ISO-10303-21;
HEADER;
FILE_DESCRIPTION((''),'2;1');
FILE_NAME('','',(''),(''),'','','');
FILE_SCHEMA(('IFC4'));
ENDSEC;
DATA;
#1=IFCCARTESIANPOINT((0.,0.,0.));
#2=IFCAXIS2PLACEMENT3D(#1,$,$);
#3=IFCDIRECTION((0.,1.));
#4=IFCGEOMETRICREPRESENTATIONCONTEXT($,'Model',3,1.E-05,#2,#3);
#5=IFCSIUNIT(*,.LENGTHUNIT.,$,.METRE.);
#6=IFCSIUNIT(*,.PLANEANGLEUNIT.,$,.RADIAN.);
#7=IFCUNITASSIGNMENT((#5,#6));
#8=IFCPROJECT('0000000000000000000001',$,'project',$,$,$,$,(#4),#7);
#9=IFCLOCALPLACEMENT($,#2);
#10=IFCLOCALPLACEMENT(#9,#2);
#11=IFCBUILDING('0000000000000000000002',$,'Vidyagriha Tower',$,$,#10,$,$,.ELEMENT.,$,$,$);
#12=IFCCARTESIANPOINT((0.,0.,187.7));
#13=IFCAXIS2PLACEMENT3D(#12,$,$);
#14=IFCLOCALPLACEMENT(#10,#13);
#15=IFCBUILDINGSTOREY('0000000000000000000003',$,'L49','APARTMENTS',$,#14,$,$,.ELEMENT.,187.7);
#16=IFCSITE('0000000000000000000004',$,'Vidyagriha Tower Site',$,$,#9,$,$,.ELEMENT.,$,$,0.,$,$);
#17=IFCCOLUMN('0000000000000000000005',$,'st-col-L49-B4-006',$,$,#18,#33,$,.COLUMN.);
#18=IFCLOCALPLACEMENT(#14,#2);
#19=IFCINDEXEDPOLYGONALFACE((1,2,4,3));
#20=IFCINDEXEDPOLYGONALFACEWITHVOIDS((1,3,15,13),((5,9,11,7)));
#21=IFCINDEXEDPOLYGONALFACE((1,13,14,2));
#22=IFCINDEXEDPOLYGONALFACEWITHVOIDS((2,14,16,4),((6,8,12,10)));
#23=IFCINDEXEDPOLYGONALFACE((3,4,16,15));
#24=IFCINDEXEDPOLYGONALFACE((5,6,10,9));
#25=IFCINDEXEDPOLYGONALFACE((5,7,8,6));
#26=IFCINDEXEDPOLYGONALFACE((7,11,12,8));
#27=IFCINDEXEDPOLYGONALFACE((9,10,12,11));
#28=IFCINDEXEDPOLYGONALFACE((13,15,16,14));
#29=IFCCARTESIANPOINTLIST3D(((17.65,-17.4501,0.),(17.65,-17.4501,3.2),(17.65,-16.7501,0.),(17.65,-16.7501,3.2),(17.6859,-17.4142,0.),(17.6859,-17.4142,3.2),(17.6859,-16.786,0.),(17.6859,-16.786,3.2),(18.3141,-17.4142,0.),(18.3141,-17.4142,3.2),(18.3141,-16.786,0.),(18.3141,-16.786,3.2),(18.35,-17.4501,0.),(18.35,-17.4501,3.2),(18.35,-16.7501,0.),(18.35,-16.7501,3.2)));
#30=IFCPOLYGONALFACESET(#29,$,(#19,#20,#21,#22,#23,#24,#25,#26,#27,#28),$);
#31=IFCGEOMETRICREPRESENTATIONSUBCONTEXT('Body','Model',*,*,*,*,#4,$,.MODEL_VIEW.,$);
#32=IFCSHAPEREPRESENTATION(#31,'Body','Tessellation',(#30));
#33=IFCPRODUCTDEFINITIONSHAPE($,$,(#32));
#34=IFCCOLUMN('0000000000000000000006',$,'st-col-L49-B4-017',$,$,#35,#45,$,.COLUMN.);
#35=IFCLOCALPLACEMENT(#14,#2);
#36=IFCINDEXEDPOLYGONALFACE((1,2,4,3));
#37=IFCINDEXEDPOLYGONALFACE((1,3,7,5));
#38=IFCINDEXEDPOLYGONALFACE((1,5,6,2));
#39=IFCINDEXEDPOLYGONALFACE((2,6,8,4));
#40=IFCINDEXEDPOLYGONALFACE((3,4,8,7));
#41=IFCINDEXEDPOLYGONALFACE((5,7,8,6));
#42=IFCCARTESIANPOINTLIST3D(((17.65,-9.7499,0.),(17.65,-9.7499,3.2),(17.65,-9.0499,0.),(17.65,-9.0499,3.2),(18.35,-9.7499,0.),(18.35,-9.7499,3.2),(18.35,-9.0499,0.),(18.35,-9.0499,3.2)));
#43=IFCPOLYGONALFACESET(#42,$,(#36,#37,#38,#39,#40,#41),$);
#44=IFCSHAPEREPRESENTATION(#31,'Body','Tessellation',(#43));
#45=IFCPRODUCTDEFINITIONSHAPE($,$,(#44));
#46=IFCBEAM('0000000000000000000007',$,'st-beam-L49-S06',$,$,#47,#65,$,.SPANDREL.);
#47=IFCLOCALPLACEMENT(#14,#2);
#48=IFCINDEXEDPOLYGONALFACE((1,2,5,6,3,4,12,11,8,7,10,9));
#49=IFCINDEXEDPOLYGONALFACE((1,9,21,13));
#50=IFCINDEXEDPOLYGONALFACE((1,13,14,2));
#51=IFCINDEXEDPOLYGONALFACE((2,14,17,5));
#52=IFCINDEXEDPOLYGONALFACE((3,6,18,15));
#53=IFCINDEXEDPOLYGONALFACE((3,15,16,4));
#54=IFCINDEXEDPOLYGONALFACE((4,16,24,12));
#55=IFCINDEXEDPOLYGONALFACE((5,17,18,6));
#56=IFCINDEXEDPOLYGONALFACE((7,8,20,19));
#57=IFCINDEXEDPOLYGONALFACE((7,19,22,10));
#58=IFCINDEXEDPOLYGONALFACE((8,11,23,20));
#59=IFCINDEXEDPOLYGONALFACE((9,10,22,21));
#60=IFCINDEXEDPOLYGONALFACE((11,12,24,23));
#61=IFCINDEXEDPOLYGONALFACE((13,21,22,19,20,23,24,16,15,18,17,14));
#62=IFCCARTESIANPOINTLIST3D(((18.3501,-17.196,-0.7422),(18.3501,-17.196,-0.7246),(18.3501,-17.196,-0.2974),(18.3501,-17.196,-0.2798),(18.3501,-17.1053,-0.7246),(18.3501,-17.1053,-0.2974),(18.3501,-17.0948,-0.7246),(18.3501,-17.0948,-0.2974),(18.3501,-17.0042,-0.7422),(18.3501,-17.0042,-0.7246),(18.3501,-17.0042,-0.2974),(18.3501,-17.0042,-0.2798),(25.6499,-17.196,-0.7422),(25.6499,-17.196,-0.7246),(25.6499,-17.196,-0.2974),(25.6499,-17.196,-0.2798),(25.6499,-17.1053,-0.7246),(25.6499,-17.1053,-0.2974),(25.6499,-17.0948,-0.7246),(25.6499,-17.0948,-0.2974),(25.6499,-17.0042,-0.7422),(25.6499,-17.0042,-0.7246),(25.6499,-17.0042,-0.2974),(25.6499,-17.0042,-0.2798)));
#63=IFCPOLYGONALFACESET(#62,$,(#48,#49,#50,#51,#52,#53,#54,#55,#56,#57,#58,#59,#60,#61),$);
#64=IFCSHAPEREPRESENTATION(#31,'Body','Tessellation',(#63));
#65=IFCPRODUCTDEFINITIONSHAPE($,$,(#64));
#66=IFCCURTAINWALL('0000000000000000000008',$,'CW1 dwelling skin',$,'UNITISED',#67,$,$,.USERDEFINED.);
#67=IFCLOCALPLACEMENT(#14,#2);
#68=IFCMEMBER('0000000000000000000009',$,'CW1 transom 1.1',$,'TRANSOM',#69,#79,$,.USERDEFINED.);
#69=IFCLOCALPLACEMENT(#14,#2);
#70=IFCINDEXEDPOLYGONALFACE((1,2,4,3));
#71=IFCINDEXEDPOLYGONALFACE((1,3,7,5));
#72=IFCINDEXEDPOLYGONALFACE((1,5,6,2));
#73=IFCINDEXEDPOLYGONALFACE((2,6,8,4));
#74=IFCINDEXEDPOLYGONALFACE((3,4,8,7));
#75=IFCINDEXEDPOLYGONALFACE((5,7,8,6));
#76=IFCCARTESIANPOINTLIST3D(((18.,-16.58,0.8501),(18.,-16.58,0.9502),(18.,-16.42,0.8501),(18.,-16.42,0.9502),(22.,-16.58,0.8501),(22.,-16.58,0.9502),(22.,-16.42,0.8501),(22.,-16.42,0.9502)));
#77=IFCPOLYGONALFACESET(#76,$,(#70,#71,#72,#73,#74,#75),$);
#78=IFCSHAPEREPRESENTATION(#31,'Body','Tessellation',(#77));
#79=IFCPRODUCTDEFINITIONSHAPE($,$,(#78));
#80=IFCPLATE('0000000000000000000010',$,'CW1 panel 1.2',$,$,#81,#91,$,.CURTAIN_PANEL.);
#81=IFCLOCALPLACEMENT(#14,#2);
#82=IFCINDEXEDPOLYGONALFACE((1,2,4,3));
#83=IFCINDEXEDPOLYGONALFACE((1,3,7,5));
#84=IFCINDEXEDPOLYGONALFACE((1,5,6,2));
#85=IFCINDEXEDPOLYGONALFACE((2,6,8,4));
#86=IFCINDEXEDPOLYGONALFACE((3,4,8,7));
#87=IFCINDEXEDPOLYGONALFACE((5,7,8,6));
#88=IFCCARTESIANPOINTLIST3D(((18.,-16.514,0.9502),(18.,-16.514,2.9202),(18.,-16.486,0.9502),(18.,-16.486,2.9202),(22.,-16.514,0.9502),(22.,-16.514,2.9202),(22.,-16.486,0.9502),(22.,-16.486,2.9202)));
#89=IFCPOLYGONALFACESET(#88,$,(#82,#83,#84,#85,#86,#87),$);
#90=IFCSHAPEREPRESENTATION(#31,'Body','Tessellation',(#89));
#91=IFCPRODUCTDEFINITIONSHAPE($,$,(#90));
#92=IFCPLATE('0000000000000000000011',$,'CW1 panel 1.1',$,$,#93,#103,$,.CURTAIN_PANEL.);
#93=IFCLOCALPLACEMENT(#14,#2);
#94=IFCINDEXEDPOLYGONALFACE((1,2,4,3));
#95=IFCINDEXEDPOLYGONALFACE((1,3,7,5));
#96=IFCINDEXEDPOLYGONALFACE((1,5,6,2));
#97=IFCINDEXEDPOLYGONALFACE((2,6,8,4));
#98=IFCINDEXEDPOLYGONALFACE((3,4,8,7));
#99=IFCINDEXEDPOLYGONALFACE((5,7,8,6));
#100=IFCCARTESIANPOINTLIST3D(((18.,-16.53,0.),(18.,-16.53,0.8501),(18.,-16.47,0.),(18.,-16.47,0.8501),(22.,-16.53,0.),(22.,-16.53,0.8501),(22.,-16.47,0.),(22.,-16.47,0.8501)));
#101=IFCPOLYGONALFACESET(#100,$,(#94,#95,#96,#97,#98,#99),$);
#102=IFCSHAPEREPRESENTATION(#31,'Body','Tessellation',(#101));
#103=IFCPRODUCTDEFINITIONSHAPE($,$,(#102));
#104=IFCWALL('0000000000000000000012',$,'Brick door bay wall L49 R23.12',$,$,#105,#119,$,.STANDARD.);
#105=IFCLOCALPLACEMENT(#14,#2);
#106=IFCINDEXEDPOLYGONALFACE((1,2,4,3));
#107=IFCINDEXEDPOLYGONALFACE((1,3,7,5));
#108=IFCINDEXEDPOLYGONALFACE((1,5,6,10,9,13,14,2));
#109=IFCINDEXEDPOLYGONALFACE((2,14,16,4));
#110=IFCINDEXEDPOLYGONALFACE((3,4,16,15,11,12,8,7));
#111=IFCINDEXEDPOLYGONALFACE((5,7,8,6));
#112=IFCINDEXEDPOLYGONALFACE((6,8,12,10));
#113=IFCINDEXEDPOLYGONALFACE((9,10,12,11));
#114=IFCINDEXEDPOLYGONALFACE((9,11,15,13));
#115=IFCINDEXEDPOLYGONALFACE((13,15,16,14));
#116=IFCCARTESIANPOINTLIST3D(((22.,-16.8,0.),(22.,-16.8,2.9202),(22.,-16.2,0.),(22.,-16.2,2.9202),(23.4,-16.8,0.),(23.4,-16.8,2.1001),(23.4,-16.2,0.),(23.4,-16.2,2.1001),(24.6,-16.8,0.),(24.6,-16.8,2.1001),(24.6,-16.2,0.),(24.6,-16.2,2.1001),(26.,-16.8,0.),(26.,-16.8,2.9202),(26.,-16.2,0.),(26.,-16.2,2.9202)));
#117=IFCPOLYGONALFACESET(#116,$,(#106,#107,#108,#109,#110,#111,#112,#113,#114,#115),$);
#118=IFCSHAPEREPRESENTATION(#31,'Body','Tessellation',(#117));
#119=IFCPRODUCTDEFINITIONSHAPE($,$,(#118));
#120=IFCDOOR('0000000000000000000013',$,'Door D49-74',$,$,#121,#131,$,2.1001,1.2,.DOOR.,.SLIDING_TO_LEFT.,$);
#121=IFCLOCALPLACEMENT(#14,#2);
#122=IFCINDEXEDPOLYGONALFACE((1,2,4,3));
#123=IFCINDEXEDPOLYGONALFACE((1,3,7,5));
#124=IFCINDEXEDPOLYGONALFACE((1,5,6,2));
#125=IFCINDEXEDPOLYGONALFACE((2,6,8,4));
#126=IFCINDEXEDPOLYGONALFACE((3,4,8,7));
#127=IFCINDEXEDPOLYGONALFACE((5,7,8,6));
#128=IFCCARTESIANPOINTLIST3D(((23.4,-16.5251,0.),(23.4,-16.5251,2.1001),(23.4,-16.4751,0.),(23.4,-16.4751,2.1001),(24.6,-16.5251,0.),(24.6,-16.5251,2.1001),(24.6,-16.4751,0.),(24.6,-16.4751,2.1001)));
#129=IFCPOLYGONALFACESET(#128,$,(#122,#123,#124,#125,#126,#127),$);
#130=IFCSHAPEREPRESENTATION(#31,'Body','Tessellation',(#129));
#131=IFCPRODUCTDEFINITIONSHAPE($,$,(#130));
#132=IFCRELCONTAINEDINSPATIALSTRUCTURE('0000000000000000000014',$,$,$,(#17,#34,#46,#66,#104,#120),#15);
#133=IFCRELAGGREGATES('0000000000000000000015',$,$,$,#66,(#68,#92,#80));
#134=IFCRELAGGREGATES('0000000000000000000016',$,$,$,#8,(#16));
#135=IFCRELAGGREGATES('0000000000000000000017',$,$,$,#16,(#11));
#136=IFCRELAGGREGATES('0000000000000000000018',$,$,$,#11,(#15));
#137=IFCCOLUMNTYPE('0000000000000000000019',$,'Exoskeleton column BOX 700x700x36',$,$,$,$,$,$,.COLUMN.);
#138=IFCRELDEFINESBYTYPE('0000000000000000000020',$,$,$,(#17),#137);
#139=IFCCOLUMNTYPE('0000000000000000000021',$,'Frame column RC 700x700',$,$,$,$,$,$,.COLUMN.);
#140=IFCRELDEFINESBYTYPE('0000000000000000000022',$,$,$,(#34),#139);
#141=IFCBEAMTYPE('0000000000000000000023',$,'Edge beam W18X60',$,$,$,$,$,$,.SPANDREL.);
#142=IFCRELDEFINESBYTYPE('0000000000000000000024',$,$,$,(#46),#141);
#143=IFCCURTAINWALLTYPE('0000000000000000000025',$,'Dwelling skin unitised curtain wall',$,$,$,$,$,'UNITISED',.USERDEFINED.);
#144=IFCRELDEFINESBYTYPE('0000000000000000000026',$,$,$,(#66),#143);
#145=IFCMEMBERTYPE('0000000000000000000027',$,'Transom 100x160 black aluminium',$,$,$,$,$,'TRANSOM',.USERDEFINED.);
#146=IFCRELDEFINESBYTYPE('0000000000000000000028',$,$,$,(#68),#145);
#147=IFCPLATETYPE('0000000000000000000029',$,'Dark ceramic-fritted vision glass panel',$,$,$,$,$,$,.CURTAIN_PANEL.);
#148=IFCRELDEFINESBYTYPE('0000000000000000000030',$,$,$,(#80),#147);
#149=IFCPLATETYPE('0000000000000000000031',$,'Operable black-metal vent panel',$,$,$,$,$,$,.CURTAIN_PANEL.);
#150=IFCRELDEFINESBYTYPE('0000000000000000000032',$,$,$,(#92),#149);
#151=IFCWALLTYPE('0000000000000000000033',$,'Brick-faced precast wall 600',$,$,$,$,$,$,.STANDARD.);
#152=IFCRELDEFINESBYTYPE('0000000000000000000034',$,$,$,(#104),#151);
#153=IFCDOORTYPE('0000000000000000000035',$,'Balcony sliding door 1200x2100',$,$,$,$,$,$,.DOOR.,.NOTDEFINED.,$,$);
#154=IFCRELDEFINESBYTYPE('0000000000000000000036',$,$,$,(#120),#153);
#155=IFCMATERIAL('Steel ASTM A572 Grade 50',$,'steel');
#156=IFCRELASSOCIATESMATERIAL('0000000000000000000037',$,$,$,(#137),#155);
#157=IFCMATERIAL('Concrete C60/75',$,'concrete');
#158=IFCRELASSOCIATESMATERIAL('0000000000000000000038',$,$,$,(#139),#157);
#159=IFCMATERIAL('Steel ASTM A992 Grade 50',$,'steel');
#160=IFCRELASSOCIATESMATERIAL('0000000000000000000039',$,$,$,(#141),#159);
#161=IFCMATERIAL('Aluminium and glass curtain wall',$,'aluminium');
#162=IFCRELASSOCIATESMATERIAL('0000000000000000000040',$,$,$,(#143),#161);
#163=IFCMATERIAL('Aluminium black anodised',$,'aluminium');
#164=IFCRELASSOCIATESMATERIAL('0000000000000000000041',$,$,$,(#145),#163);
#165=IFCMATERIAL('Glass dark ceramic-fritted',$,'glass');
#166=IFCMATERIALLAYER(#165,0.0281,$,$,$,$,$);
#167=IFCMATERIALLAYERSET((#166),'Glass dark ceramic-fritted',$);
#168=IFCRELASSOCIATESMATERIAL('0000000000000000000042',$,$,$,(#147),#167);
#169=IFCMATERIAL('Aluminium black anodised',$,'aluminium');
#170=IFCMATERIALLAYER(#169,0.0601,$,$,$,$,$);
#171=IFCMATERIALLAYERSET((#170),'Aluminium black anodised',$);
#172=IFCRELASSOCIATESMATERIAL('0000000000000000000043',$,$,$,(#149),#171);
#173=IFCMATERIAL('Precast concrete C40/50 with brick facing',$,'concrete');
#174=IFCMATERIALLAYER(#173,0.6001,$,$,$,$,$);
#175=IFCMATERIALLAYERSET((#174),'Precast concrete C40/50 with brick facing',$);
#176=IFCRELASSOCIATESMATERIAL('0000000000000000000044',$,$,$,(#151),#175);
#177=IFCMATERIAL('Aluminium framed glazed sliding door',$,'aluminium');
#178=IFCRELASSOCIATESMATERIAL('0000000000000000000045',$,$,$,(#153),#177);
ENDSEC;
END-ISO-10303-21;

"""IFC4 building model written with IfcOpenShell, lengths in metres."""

from ifc_helpers import new_model, si_unit, direction, frame, frame_2d, origin, origin_2d, place, context, subcontext, project, spatial, rectangle, hollow_rectangle, i_section, extrude, material, layer, layer_set, material_profile, profile_set, type_object, element, fill, aggregate, save


model = new_model("IFC4")

# Units and contexts
model_context = context("Model", 3, precision=1e-05, world=origin(), true_north=direction((0.0, 1.0)))
body_context = subcontext(model_context, "Body", "Model", "MODEL_VIEW")
ifc_project = project(units=[si_unit("LENGTHUNIT", "METRE"), si_unit("PLANEANGLEUNIT", "RADIAN")], contexts=[model_context])

# Site, building, storey
site_placement = place(None, origin())
site = spatial("IfcSite", under=ifc_project, at=site_placement, Name="Vidyagriha Tower Site", CompositionType="ELEMENT", RefElevation=0.0)
building_placement = place(site_placement, origin())
building = spatial("IfcBuilding", under=site, at=building_placement, Name="Vidyagriha Tower", CompositionType="ELEMENT")
storey_placement = place(building_placement, frame((0.0, 0.0, 187.7)))
storey = spatial("IfcBuildingStorey", under=building, at=storey_placement, Name="L49", Description="APARTMENTS", CompositionType="ELEMENT", Elevation=187.7)

# Columns
ifc_material_1 = material(Name="Steel ASTM A572 Grade 50", Category="steel")
ifc_material_profile_1 = material_profile(ifc_material_1, hollow_rectangle(XDim=0.7, YDim=0.7, WallThickness=0.0359, at=origin_2d()), Name="BOX 700x700x36")
ifc_profile_set_1 = profile_set([ifc_material_profile_1], Name="Steel ASTM A572 Grade 50")
column_type_1 = type_object("IfcColumnType", Name="Exoskeleton column BOX 700x700x36", PredefinedType="COLUMN", material=ifc_profile_set_1)
column_1_placement = place(storey_placement, frame((18.0, -17.1001, 0.0)))
element("IfcColumn", 1, at=column_1_placement, inside=storey, type_object=column_type_1, Name="st-col-L49-B4-006", PredefinedType="COLUMN", context=body_context, shape_type="SweptSolid", body=[
    extrude(hollow_rectangle(XDim=0.7, YDim=0.7, WallThickness=0.0359, at=origin_2d()), origin(), (0.0, 0.0, 1.0), 3.2),
])
ifc_material_2 = material(Name="Concrete C60/75", Category="concrete")
ifc_material_profile_2 = material_profile(ifc_material_2, rectangle(XDim=0.7, YDim=0.7, at=origin_2d()), Name="RC 700x700")
ifc_profile_set_2 = profile_set([ifc_material_profile_2], Name="Concrete C60/75")
column_type_2 = type_object("IfcColumnType", Name="Frame column RC 700x700", PredefinedType="COLUMN", material=ifc_profile_set_2)
column_2_placement = place(storey_placement, frame((18.0, -9.3999, 0.0)))
element("IfcColumn", 2, at=column_2_placement, inside=storey, type_object=column_type_2, Name="st-col-L49-B4-017", PredefinedType="COLUMN", context=body_context, shape_type="SweptSolid", body=[
    extrude(rectangle(XDim=0.7, YDim=0.7, at=origin_2d()), origin(), (0.0, 0.0, 1.0), 3.2),
])

# Beam
ifc_material_3 = material(Name="Steel ASTM A992 Grade 50", Category="steel")
ifc_material_profile_3 = material_profile(ifc_material_3, i_section(OverallWidth=0.1919, OverallDepth=0.4624, WebThickness=0.0105, FlangeThickness=0.0176, at=origin_2d()), Name="W18X60")
ifc_profile_set_3 = profile_set([ifc_material_profile_3], Name="Steel ASTM A992 Grade 50")
beam_type = type_object("IfcBeamType", Name="Edge beam W18X60", PredefinedType="SPANDREL", material=ifc_profile_set_3)
beam_placement = place(storey_placement, frame((18.3501, -17.1001, -0.511), z_axis=(1.0, 0.0, 0.0), x_axis=(0.0, 1.0, 0.0)))
element("IfcBeam", 3, at=beam_placement, inside=storey, type_object=beam_type, Name="st-beam-L49-S06", PredefinedType="SPANDREL", context=body_context, shape_type="SweptSolid", body=[
    extrude(i_section(OverallWidth=0.1919, OverallDepth=0.4624, WebThickness=0.0105, FlangeThickness=0.0176, at=origin_2d()), origin(), (0.0, 0.0, 1.0), 7.2998),
])

# Curtain wall, member, plates
ifc_material_4 = material(Name="Aluminium and glass curtain wall", Category="aluminium")
curtain_wall_type = type_object("IfcCurtainWallType", Name="Dwelling skin unitised curtain wall", ElementType="UNITISED", PredefinedType="USERDEFINED", material=ifc_material_4)
curtain_wall_placement = place(storey_placement, origin())
curtain_wall = element("IfcCurtainWall", 4, at=curtain_wall_placement, inside=storey, type_object=curtain_wall_type, Name="CW1 dwelling skin", ObjectType="UNITISED", PredefinedType="USERDEFINED")
ifc_material_5 = material(Name="Aluminium black anodised", Category="aluminium")
ifc_material_profile_4 = material_profile(ifc_material_5, rectangle(XDim=0.1599, YDim=0.1001, at=origin_2d()), Name="Transom 100x160 black aluminium")
ifc_profile_set_4 = profile_set([ifc_material_profile_4], Name="Aluminium black anodised")
member_type = type_object("IfcMemberType", Name="Transom 100x160 black aluminium", ElementType="TRANSOM", PredefinedType="USERDEFINED", material=ifc_profile_set_4)
member_placement = place(storey_placement, frame((18.0, -16.5, 0.9001), z_axis=(1.0, 0.0, 0.0), x_axis=(0.0, 1.0, 0.0)))
member = element("IfcMember", 5, at=member_placement, type_object=member_type, Name="CW1 transom 1.1", ObjectType="TRANSOM", PredefinedType="USERDEFINED", context=body_context, shape_type="SweptSolid", body=[
    extrude(rectangle(XDim=0.1599, YDim=0.1001, at=origin_2d()), origin(), (0.0, 0.0, 1.0), 4.0),
])
ifc_material_6 = material(Name="Glass dark ceramic-fritted", Category="glass")
ifc_layer_1 = layer(ifc_material_6, 0.0281)
ifc_layer_set_1 = layer_set([ifc_layer_1], Name="Glass dark ceramic-fritted")
plate_type_1 = type_object("IfcPlateType", Name="Dark ceramic-fritted vision glass panel", PredefinedType="CURTAIN_PANEL", material=ifc_layer_set_1)
plate_1_placement = place(storey_placement, frame((20.0, -16.5, 0.9502)))
plate_1 = element("IfcPlate", 6, at=plate_1_placement, type_object=plate_type_1, Name="CW1 panel 1.2", PredefinedType="CURTAIN_PANEL", context=body_context, shape_type="SweptSolid", body=[
    extrude(rectangle(XDim=4.0, YDim=0.0281, at=origin_2d()), origin(), (0.0, 0.0, 1.0), 1.97),
])
ifc_material_7 = material(Name="Aluminium black anodised", Category="aluminium")
ifc_layer_2 = layer(ifc_material_7, 0.0601)
ifc_layer_set_2 = layer_set([ifc_layer_2], Name="Aluminium black anodised")
plate_type_2 = type_object("IfcPlateType", Name="Operable black-metal vent panel", PredefinedType="CURTAIN_PANEL", material=ifc_layer_set_2)
plate_2_placement = place(storey_placement, frame((20.0, -16.5, 0.0)))
plate_2 = element("IfcPlate", 7, at=plate_2_placement, type_object=plate_type_2, Name="CW1 panel 1.1", PredefinedType="CURTAIN_PANEL", context=body_context, shape_type="SweptSolid", body=[
    extrude(rectangle(XDim=4.0, YDim=0.0601, at=origin_2d()), origin(), (0.0, 0.0, 1.0), 0.8501),
])
aggregate(curtain_wall, [member, plate_2, plate_1])

# Wall, opening, door
ifc_material_8 = material(Name="Precast concrete C40/50 with brick facing", Category="concrete")
ifc_layer_3 = layer(ifc_material_8, 0.6001)
ifc_layer_set_3 = layer_set([ifc_layer_3], Name="Precast concrete C40/50 with brick facing")
wall_type = type_object("IfcWallType", Name="Brick-faced precast wall 600", PredefinedType="STANDARD", material=ifc_layer_set_3)
wall_placement = place(storey_placement, frame((22.0, -16.5, 0.0)))
wall = element("IfcWall", 8, at=wall_placement, inside=storey, type_object=wall_type, Name="Brick door bay wall L49 R23.12", PredefinedType="STANDARD", context=body_context, shape_type="SweptSolid", body=[
    extrude(rectangle(XDim=4.0, YDim=0.6001, at=frame_2d((2.0, 0.0))), origin(), (0.0, 0.0, 1.0), 2.9202),
])
opening_placement = place(wall_placement, frame((1.3999, 0.0, 0.0)))
opening = element("IfcOpeningElement", 9, at=opening_placement, cuts=wall, PredefinedType="OPENING", context=body_context, shape_type="SweptSolid", body=[
    extrude(rectangle(XDim=1.2, YDim=2.1001, at=frame_2d((0.6001, 1.05))), frame((0.0, 0.3101, 0.0), z_axis=(0.0, -1.0, 0.0), x_axis=(1.0, 0.0, 0.0)), (0.0, 0.0, 1.0), 0.6201),
])
ifc_material_9 = material(Name="Aluminium framed glazed sliding door", Category="aluminium")
door_type = type_object("IfcDoorType", Name="Balcony sliding door 1200x2100", OperationType="NOTDEFINED", PredefinedType="DOOR", material=ifc_material_9)
door_placement = place(opening_placement, origin())
door = element("IfcDoor", 10, at=door_placement, inside=storey, type_object=door_type, Name="Door D49-74", OperationType="SLIDING_TO_LEFT", OverallHeight=2.1001, OverallWidth=1.2, PredefinedType="DOOR", context=body_context, shape_type="SweptSolid", body=[
    extrude(rectangle(XDim=1.2, YDim=2.1001, at=frame_2d((0.6001, 1.05))), frame((0.0, 0.0249, 0.0), z_axis=(0.0, -1.0, 0.0), x_axis=(1.0, 0.0, 0.0)), (0.0, 0.0, 1.0), 0.05),
])
fill(opening, door)

save(model, "model.ifc")
